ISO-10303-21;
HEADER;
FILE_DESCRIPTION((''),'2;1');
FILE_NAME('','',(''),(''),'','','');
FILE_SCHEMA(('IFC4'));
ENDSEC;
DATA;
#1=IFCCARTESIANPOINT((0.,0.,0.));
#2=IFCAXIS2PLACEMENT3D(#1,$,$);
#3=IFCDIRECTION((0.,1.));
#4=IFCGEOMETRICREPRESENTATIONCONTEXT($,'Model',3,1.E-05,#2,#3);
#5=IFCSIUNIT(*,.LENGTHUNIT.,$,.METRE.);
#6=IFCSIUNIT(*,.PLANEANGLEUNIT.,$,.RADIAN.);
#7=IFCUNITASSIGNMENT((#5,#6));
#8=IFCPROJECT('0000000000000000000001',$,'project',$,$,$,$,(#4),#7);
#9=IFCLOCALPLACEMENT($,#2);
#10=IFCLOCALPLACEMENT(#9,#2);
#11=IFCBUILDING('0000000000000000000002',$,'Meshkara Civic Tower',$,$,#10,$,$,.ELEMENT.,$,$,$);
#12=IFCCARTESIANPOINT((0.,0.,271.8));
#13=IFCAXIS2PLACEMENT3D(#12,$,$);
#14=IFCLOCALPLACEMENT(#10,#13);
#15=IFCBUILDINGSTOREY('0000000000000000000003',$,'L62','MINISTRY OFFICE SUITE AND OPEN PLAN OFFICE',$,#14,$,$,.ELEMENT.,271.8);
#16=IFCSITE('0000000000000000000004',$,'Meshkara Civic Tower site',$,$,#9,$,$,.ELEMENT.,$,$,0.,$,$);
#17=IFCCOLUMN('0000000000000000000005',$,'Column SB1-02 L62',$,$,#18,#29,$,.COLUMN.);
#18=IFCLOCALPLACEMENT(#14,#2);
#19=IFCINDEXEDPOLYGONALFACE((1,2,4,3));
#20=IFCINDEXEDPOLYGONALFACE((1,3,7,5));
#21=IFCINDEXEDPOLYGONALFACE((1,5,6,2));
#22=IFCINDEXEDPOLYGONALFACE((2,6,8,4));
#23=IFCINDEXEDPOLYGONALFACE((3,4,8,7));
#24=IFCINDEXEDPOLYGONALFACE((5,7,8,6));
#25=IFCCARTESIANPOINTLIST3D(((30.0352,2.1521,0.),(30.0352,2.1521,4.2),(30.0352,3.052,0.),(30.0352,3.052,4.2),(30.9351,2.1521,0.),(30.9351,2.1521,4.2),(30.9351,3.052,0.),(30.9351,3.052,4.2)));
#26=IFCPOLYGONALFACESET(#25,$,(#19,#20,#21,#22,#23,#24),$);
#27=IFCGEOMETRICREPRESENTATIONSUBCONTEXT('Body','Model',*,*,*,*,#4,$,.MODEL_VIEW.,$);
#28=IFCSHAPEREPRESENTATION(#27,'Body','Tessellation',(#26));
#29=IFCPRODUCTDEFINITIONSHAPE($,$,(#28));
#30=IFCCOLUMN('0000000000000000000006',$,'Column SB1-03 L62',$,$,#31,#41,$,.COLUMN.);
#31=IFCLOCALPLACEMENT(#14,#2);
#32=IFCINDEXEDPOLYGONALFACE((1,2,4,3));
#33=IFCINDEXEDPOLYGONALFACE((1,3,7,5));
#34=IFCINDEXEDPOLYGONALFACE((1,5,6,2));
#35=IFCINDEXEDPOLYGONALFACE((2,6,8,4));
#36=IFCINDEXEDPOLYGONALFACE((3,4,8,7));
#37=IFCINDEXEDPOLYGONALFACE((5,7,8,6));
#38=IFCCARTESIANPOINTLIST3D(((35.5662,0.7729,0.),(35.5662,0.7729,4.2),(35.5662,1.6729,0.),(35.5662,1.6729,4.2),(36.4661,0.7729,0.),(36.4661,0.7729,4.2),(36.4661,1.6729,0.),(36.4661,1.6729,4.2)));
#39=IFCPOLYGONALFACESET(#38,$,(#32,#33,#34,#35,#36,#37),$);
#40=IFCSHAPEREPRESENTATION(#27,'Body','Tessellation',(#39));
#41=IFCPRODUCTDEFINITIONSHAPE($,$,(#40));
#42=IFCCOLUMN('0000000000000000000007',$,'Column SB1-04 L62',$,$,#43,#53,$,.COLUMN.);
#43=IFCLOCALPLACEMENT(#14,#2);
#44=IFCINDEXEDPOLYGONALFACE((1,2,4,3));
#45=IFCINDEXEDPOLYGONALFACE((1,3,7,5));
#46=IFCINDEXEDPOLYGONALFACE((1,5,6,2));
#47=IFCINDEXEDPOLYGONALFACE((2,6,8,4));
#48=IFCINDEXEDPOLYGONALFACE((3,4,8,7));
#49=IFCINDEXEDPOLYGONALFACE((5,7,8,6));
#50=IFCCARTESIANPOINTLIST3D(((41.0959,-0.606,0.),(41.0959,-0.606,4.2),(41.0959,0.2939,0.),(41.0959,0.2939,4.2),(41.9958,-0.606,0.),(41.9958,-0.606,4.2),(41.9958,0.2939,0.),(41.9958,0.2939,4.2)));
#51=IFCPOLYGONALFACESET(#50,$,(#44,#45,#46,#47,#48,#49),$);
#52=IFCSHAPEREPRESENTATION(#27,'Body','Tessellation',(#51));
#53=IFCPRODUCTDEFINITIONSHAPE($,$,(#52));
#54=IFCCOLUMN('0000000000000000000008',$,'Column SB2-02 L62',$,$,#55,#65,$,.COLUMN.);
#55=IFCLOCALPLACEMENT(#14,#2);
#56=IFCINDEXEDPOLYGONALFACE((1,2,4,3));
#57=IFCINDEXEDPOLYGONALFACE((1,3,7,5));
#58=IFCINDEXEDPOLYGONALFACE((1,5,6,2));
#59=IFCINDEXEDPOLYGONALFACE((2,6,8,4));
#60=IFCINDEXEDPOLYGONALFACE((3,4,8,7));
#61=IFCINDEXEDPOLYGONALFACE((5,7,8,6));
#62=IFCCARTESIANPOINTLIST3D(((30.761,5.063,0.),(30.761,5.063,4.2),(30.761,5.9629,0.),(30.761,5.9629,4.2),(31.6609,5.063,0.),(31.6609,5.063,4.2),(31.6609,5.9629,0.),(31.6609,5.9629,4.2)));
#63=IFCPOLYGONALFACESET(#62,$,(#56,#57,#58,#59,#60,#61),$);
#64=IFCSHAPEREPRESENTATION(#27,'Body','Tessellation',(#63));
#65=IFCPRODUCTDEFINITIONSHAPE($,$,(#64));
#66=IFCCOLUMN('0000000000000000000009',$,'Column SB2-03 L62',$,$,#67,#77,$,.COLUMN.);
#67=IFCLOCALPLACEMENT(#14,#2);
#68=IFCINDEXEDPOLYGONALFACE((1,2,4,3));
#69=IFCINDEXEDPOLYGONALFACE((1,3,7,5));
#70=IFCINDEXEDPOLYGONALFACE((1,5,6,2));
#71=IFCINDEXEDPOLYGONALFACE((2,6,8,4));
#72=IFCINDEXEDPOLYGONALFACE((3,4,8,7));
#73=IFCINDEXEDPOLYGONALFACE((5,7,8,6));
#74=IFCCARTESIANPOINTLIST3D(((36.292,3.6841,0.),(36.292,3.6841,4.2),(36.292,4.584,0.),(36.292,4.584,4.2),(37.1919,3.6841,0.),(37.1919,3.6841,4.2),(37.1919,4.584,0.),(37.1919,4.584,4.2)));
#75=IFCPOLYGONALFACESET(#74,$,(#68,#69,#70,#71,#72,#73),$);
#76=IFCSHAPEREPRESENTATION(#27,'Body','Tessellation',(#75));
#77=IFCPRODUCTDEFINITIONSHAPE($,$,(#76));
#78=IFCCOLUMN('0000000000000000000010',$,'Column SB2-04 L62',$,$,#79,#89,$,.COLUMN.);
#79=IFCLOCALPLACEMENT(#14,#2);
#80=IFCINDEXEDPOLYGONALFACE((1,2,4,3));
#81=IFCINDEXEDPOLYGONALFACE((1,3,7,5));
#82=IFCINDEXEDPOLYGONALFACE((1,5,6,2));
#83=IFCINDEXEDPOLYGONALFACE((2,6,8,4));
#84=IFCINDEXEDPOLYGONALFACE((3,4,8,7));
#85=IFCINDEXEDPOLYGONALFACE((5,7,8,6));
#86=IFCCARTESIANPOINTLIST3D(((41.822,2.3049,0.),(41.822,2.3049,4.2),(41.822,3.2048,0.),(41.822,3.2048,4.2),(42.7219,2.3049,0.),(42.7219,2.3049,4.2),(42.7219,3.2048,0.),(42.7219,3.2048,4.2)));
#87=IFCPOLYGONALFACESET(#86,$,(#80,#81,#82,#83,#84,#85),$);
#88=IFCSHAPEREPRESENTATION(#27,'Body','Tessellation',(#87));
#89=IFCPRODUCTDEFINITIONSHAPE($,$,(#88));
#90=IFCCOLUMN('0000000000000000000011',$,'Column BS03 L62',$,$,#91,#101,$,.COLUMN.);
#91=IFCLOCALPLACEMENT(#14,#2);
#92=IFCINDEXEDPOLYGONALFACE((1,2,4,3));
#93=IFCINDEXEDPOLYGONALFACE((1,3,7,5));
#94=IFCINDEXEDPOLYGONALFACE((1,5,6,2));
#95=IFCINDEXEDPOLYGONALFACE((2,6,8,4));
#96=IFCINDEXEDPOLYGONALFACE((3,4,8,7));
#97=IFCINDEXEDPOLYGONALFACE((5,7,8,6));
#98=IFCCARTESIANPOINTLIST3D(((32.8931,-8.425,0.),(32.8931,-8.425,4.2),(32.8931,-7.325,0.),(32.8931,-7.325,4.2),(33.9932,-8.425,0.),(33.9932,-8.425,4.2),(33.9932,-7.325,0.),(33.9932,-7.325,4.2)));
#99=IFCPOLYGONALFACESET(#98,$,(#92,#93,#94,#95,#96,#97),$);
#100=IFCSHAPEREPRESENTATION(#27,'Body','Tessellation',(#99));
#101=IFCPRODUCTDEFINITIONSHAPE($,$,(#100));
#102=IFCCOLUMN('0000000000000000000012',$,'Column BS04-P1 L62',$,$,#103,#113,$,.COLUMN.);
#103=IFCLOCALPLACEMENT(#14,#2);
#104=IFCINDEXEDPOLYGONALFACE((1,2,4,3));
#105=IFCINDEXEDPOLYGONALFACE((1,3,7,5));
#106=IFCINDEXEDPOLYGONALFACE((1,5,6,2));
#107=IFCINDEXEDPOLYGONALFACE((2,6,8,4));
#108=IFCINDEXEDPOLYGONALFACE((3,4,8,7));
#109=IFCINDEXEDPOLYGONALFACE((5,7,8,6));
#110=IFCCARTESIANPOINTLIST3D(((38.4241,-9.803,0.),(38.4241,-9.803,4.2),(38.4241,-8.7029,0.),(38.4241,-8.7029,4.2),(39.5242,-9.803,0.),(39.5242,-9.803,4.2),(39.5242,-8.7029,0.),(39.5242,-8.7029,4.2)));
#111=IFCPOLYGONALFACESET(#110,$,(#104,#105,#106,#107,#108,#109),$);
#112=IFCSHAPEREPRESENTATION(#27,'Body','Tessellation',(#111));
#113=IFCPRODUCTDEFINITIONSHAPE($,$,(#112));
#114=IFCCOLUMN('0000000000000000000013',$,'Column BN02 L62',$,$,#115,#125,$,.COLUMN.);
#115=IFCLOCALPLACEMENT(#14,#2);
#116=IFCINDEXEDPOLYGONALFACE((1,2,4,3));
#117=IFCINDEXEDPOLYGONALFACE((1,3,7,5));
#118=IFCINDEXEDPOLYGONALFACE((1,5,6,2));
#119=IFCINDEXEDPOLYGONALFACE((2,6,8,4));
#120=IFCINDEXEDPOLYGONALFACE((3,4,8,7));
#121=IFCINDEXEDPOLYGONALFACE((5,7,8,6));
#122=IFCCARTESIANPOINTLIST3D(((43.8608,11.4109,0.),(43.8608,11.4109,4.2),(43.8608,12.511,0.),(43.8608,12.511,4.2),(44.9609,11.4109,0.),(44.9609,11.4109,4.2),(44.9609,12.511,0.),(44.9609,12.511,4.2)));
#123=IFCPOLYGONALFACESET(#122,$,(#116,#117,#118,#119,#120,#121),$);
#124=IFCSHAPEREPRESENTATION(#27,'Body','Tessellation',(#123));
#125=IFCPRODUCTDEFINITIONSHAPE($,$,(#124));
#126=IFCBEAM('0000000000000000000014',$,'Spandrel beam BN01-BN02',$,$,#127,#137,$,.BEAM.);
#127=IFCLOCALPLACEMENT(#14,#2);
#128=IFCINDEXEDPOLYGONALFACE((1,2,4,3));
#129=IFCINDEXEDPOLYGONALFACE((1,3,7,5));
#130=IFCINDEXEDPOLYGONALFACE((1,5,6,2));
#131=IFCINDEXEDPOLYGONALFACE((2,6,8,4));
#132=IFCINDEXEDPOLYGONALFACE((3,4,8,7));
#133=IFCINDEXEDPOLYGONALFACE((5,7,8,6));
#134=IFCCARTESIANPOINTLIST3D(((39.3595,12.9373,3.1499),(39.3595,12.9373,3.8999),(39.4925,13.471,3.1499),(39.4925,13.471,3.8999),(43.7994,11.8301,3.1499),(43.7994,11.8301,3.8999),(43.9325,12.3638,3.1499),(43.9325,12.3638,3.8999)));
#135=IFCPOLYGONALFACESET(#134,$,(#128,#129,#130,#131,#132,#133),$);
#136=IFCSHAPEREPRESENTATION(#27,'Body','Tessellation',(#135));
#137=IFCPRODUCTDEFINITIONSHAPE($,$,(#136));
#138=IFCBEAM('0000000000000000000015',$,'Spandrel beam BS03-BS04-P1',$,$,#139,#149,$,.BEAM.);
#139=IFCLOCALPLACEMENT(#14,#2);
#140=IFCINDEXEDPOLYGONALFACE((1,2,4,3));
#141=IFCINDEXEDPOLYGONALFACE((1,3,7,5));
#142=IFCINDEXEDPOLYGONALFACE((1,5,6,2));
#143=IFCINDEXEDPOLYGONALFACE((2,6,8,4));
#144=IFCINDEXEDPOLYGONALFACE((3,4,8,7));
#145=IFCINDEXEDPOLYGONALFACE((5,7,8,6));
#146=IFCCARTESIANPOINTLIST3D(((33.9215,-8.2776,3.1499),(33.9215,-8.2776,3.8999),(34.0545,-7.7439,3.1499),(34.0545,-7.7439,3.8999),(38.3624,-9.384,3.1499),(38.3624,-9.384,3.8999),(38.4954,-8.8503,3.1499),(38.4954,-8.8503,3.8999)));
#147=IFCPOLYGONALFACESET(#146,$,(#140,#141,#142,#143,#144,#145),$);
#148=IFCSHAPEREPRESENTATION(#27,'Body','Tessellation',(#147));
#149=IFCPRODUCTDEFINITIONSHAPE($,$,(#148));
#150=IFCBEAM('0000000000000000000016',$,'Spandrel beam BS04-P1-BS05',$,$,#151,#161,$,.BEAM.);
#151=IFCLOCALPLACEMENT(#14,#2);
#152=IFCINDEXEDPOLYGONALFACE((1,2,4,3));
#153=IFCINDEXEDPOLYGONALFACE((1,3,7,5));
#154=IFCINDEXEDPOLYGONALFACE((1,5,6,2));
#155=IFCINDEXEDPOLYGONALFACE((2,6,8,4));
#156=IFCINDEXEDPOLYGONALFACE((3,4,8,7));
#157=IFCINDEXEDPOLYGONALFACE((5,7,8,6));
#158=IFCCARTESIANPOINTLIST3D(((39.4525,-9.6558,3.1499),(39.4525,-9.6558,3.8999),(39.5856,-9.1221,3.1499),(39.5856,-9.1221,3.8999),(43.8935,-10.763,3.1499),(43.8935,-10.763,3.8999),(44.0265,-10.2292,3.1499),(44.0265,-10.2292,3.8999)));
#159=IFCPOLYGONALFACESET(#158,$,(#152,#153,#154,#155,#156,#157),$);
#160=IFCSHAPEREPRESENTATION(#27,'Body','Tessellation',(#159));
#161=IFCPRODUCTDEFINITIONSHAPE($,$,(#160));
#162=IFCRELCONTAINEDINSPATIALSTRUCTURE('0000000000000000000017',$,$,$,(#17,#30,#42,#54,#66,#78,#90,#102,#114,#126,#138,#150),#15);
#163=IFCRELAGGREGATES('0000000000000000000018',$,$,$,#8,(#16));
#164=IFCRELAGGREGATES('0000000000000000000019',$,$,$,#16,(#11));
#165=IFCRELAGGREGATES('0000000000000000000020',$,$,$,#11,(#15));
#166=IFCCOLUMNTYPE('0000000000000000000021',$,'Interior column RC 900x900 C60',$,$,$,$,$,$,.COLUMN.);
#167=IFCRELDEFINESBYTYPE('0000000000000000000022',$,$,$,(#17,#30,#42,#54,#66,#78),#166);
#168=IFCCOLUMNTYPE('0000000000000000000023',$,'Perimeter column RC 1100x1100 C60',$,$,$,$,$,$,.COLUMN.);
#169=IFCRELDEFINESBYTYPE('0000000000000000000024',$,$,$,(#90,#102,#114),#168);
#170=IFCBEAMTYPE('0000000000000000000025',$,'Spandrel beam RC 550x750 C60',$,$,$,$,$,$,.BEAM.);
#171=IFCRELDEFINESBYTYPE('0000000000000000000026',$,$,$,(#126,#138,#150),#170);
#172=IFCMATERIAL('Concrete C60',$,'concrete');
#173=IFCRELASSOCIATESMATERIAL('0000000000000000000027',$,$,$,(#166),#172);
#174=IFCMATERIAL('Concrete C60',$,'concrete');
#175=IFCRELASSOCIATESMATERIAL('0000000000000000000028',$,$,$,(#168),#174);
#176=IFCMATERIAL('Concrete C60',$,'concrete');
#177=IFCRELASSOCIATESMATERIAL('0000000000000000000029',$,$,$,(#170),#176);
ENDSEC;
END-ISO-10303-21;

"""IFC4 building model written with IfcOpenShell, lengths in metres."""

from ifc_helpers import new_model, si_unit, direction, frame, origin, origin_2d, place, context, subcontext, project, spatial, rectangle, extrude, material, material_profile, profile_set, type_object, element, save


model = new_model("IFC4")

# Units and contexts
model_context = context("Model", 3, precision=1e-05, world=origin(), true_north=direction((0.0, 1.0)))
body_context = subcontext(model_context, "Body", "Model", "MODEL_VIEW")
ifc_project = project(units=[si_unit("LENGTHUNIT", "METRE"), si_unit("PLANEANGLEUNIT", "RADIAN")], contexts=[model_context])

# Site, building, storey
site_placement = place(None, origin())
site = spatial("IfcSite", under=ifc_project, at=site_placement, Name="Meshkara Civic Tower site", CompositionType="ELEMENT", RefElevation=0.0)
building_placement = place(site_placement, origin())
building = spatial("IfcBuilding", under=site, at=building_placement, Name="Meshkara Civic Tower", CompositionType="ELEMENT")
storey_placement = place(building_placement, frame((0.0, 0.0, 271.8)))
storey = spatial("IfcBuildingStorey", under=building, at=storey_placement, Name="L62", Description="MINISTRY OFFICE SUITE AND OPEN PLAN OFFICE", CompositionType="ELEMENT", Elevation=271.8)

# Columns
ifc_material_1 = material(Name="Concrete C60", Category="concrete")
ifc_material_profile_1 = material_profile(ifc_material_1, rectangle(XDim=0.8999, YDim=0.8999, at=origin_2d()))
ifc_profile_set_1 = profile_set([ifc_material_profile_1], Name="Concrete C60")
column_type_1 = type_object("IfcColumnType", Name="Interior column RC 900x900 C60", PredefinedType="COLUMN", material=ifc_profile_set_1)
for number, where, z_axis, x_axis, name in (
    (1, (30.4851, 2.6021, 0.0), (0.0, 0.0, 1.0), (1.0, 0.0, 0.0), "Column SB1-02 L62"),
    (2, (36.0161, 1.2229, 0.0), (0.0, 0.0, 1.0), (1.0, 0.0, 0.0), "Column SB1-03 L62"),
    (3, (41.5459, -0.156, 0.0), (0.0, 0.0, 1.0), (1.0, 0.0, 0.0), "Column SB1-04 L62"),
    (4, (31.2109, 5.5129, 0.0), (0.0, 0.0, 1.0), (1.0, 0.0, 0.0), "Column SB2-02 L62"),
    (5, (36.7419, 4.134, 0.0), (0.0, 0.0, 1.0), (1.0, 0.0, 0.0), "Column SB2-03 L62"),
    (6, (42.272, 2.7549, 0.0), (0.0, 0.0, 1.0), (1.0, 0.0, 0.0), "Column SB2-04 L62"),
):
    element("IfcColumn", number, at=place(storey_placement, frame(where, z_axis=z_axis, x_axis=x_axis)), inside=storey, type_object=column_type_1, Name=name, PredefinedType="COLUMN", context=body_context, shape_type="SweptSolid", body=[
        extrude(rectangle(XDim=0.8999, YDim=0.8999, at=origin_2d()), origin(), (0.0, 0.0, 1.0), 4.2),
    ])
ifc_material_2 = material(Name="Concrete C60", Category="concrete")
ifc_material_profile_2 = material_profile(ifc_material_2, rectangle(XDim=1.1001, YDim=1.1001, at=origin_2d()))
ifc_profile_set_2 = profile_set([ifc_material_profile_2], Name="Concrete C60")
column_type_2 = type_object("IfcColumnType", Name="Perimeter column RC 1100x1100 C60", PredefinedType="COLUMN", material=ifc_profile_set_2)
for number, where, z_axis, x_axis, name in (
    (7, (33.4431, -7.875, 0.0), (0.0, 0.0, 1.0), (1.0, 0.0, 0.0), "Column BS03 L62"),
    (8, (38.9741, -9.2529, 0.0), (0.0, 0.0, 1.0), (1.0, 0.0, 0.0), "Column BS04-P1 L62"),
    (9, (44.4109, 11.9609, 0.0), (0.0, 0.0, 1.0), (1.0, 0.0, 0.0), "Column BN02 L62"),
):
    element("IfcColumn", number, at=place(storey_placement, frame(where, z_axis=z_axis, x_axis=x_axis)), inside=storey, type_object=column_type_2, Name=name, PredefinedType="COLUMN", context=body_context, shape_type="SweptSolid", body=[
        extrude(rectangle(XDim=1.1001, YDim=1.1001, at=origin_2d()), origin(), (0.0, 0.0, 1.0), 4.2),
    ])

# Beams
ifc_material_3 = material(Name="Concrete C60", Category="concrete")
ifc_material_profile_3 = material_profile(ifc_material_3, rectangle(XDim=0.55, YDim=0.75, at=origin_2d()))
ifc_profile_set_3 = profile_set([ifc_material_profile_3], Name="Concrete C60")
beam_type = type_object("IfcBeamType", Name="Spandrel beam RC 550x750 C60", PredefinedType="BEAM", material=ifc_profile_set_3)
beam_1_placement = place(storey_placement, frame((43.866, 12.0969, 3.5249), z_axis=(-0.970287, 0.241958, 0.0), x_axis=(-0.241958, -0.970287, 0.0)))
element("IfcBeam", 10, at=beam_1_placement, inside=storey, type_object=beam_type, Name="Spandrel beam BN01-BN02", PredefinedType="BEAM", context=body_context, shape_type="SweptSolid", body=[
    extrude(rectangle(XDim=0.55, YDim=0.75, at=origin_2d()), origin(), (0.0, 0.0, 1.0), 4.5759),
])
beam_2_placement = place(storey_placement, frame((33.988, -8.0107, 3.5249), z_axis=(0.970337, -0.241757, 0.0), x_axis=(0.241757, 0.970337, 0.0)))
element("IfcBeam", 11, at=beam_2_placement, inside=storey, type_object=beam_type, Name="Spandrel beam BS03-BS04-P1", PredefinedType="BEAM", context=body_context, shape_type="SweptSolid", body=[
    extrude(rectangle(XDim=0.55, YDim=0.75, at=origin_2d()), origin(), (0.0, 0.0, 1.0), 4.5767),
])
beam_3_placement = place(storey_placement, frame((39.519, -9.3889, 3.5249), z_axis=(0.970299, -0.241908, 0.0), x_axis=(0.241908, 0.970299, 0.0)))
element("IfcBeam", 12, at=beam_3_placement, inside=storey, type_object=beam_type, Name="Spandrel beam BS04-P1-BS05", PredefinedType="BEAM", context=body_context, shape_type="SweptSolid", body=[
    extrude(rectangle(XDim=0.55, YDim=0.75, at=origin_2d()), origin(), (0.0, 0.0, 1.0), 4.5769),
])

save(model, "model.ifc")
